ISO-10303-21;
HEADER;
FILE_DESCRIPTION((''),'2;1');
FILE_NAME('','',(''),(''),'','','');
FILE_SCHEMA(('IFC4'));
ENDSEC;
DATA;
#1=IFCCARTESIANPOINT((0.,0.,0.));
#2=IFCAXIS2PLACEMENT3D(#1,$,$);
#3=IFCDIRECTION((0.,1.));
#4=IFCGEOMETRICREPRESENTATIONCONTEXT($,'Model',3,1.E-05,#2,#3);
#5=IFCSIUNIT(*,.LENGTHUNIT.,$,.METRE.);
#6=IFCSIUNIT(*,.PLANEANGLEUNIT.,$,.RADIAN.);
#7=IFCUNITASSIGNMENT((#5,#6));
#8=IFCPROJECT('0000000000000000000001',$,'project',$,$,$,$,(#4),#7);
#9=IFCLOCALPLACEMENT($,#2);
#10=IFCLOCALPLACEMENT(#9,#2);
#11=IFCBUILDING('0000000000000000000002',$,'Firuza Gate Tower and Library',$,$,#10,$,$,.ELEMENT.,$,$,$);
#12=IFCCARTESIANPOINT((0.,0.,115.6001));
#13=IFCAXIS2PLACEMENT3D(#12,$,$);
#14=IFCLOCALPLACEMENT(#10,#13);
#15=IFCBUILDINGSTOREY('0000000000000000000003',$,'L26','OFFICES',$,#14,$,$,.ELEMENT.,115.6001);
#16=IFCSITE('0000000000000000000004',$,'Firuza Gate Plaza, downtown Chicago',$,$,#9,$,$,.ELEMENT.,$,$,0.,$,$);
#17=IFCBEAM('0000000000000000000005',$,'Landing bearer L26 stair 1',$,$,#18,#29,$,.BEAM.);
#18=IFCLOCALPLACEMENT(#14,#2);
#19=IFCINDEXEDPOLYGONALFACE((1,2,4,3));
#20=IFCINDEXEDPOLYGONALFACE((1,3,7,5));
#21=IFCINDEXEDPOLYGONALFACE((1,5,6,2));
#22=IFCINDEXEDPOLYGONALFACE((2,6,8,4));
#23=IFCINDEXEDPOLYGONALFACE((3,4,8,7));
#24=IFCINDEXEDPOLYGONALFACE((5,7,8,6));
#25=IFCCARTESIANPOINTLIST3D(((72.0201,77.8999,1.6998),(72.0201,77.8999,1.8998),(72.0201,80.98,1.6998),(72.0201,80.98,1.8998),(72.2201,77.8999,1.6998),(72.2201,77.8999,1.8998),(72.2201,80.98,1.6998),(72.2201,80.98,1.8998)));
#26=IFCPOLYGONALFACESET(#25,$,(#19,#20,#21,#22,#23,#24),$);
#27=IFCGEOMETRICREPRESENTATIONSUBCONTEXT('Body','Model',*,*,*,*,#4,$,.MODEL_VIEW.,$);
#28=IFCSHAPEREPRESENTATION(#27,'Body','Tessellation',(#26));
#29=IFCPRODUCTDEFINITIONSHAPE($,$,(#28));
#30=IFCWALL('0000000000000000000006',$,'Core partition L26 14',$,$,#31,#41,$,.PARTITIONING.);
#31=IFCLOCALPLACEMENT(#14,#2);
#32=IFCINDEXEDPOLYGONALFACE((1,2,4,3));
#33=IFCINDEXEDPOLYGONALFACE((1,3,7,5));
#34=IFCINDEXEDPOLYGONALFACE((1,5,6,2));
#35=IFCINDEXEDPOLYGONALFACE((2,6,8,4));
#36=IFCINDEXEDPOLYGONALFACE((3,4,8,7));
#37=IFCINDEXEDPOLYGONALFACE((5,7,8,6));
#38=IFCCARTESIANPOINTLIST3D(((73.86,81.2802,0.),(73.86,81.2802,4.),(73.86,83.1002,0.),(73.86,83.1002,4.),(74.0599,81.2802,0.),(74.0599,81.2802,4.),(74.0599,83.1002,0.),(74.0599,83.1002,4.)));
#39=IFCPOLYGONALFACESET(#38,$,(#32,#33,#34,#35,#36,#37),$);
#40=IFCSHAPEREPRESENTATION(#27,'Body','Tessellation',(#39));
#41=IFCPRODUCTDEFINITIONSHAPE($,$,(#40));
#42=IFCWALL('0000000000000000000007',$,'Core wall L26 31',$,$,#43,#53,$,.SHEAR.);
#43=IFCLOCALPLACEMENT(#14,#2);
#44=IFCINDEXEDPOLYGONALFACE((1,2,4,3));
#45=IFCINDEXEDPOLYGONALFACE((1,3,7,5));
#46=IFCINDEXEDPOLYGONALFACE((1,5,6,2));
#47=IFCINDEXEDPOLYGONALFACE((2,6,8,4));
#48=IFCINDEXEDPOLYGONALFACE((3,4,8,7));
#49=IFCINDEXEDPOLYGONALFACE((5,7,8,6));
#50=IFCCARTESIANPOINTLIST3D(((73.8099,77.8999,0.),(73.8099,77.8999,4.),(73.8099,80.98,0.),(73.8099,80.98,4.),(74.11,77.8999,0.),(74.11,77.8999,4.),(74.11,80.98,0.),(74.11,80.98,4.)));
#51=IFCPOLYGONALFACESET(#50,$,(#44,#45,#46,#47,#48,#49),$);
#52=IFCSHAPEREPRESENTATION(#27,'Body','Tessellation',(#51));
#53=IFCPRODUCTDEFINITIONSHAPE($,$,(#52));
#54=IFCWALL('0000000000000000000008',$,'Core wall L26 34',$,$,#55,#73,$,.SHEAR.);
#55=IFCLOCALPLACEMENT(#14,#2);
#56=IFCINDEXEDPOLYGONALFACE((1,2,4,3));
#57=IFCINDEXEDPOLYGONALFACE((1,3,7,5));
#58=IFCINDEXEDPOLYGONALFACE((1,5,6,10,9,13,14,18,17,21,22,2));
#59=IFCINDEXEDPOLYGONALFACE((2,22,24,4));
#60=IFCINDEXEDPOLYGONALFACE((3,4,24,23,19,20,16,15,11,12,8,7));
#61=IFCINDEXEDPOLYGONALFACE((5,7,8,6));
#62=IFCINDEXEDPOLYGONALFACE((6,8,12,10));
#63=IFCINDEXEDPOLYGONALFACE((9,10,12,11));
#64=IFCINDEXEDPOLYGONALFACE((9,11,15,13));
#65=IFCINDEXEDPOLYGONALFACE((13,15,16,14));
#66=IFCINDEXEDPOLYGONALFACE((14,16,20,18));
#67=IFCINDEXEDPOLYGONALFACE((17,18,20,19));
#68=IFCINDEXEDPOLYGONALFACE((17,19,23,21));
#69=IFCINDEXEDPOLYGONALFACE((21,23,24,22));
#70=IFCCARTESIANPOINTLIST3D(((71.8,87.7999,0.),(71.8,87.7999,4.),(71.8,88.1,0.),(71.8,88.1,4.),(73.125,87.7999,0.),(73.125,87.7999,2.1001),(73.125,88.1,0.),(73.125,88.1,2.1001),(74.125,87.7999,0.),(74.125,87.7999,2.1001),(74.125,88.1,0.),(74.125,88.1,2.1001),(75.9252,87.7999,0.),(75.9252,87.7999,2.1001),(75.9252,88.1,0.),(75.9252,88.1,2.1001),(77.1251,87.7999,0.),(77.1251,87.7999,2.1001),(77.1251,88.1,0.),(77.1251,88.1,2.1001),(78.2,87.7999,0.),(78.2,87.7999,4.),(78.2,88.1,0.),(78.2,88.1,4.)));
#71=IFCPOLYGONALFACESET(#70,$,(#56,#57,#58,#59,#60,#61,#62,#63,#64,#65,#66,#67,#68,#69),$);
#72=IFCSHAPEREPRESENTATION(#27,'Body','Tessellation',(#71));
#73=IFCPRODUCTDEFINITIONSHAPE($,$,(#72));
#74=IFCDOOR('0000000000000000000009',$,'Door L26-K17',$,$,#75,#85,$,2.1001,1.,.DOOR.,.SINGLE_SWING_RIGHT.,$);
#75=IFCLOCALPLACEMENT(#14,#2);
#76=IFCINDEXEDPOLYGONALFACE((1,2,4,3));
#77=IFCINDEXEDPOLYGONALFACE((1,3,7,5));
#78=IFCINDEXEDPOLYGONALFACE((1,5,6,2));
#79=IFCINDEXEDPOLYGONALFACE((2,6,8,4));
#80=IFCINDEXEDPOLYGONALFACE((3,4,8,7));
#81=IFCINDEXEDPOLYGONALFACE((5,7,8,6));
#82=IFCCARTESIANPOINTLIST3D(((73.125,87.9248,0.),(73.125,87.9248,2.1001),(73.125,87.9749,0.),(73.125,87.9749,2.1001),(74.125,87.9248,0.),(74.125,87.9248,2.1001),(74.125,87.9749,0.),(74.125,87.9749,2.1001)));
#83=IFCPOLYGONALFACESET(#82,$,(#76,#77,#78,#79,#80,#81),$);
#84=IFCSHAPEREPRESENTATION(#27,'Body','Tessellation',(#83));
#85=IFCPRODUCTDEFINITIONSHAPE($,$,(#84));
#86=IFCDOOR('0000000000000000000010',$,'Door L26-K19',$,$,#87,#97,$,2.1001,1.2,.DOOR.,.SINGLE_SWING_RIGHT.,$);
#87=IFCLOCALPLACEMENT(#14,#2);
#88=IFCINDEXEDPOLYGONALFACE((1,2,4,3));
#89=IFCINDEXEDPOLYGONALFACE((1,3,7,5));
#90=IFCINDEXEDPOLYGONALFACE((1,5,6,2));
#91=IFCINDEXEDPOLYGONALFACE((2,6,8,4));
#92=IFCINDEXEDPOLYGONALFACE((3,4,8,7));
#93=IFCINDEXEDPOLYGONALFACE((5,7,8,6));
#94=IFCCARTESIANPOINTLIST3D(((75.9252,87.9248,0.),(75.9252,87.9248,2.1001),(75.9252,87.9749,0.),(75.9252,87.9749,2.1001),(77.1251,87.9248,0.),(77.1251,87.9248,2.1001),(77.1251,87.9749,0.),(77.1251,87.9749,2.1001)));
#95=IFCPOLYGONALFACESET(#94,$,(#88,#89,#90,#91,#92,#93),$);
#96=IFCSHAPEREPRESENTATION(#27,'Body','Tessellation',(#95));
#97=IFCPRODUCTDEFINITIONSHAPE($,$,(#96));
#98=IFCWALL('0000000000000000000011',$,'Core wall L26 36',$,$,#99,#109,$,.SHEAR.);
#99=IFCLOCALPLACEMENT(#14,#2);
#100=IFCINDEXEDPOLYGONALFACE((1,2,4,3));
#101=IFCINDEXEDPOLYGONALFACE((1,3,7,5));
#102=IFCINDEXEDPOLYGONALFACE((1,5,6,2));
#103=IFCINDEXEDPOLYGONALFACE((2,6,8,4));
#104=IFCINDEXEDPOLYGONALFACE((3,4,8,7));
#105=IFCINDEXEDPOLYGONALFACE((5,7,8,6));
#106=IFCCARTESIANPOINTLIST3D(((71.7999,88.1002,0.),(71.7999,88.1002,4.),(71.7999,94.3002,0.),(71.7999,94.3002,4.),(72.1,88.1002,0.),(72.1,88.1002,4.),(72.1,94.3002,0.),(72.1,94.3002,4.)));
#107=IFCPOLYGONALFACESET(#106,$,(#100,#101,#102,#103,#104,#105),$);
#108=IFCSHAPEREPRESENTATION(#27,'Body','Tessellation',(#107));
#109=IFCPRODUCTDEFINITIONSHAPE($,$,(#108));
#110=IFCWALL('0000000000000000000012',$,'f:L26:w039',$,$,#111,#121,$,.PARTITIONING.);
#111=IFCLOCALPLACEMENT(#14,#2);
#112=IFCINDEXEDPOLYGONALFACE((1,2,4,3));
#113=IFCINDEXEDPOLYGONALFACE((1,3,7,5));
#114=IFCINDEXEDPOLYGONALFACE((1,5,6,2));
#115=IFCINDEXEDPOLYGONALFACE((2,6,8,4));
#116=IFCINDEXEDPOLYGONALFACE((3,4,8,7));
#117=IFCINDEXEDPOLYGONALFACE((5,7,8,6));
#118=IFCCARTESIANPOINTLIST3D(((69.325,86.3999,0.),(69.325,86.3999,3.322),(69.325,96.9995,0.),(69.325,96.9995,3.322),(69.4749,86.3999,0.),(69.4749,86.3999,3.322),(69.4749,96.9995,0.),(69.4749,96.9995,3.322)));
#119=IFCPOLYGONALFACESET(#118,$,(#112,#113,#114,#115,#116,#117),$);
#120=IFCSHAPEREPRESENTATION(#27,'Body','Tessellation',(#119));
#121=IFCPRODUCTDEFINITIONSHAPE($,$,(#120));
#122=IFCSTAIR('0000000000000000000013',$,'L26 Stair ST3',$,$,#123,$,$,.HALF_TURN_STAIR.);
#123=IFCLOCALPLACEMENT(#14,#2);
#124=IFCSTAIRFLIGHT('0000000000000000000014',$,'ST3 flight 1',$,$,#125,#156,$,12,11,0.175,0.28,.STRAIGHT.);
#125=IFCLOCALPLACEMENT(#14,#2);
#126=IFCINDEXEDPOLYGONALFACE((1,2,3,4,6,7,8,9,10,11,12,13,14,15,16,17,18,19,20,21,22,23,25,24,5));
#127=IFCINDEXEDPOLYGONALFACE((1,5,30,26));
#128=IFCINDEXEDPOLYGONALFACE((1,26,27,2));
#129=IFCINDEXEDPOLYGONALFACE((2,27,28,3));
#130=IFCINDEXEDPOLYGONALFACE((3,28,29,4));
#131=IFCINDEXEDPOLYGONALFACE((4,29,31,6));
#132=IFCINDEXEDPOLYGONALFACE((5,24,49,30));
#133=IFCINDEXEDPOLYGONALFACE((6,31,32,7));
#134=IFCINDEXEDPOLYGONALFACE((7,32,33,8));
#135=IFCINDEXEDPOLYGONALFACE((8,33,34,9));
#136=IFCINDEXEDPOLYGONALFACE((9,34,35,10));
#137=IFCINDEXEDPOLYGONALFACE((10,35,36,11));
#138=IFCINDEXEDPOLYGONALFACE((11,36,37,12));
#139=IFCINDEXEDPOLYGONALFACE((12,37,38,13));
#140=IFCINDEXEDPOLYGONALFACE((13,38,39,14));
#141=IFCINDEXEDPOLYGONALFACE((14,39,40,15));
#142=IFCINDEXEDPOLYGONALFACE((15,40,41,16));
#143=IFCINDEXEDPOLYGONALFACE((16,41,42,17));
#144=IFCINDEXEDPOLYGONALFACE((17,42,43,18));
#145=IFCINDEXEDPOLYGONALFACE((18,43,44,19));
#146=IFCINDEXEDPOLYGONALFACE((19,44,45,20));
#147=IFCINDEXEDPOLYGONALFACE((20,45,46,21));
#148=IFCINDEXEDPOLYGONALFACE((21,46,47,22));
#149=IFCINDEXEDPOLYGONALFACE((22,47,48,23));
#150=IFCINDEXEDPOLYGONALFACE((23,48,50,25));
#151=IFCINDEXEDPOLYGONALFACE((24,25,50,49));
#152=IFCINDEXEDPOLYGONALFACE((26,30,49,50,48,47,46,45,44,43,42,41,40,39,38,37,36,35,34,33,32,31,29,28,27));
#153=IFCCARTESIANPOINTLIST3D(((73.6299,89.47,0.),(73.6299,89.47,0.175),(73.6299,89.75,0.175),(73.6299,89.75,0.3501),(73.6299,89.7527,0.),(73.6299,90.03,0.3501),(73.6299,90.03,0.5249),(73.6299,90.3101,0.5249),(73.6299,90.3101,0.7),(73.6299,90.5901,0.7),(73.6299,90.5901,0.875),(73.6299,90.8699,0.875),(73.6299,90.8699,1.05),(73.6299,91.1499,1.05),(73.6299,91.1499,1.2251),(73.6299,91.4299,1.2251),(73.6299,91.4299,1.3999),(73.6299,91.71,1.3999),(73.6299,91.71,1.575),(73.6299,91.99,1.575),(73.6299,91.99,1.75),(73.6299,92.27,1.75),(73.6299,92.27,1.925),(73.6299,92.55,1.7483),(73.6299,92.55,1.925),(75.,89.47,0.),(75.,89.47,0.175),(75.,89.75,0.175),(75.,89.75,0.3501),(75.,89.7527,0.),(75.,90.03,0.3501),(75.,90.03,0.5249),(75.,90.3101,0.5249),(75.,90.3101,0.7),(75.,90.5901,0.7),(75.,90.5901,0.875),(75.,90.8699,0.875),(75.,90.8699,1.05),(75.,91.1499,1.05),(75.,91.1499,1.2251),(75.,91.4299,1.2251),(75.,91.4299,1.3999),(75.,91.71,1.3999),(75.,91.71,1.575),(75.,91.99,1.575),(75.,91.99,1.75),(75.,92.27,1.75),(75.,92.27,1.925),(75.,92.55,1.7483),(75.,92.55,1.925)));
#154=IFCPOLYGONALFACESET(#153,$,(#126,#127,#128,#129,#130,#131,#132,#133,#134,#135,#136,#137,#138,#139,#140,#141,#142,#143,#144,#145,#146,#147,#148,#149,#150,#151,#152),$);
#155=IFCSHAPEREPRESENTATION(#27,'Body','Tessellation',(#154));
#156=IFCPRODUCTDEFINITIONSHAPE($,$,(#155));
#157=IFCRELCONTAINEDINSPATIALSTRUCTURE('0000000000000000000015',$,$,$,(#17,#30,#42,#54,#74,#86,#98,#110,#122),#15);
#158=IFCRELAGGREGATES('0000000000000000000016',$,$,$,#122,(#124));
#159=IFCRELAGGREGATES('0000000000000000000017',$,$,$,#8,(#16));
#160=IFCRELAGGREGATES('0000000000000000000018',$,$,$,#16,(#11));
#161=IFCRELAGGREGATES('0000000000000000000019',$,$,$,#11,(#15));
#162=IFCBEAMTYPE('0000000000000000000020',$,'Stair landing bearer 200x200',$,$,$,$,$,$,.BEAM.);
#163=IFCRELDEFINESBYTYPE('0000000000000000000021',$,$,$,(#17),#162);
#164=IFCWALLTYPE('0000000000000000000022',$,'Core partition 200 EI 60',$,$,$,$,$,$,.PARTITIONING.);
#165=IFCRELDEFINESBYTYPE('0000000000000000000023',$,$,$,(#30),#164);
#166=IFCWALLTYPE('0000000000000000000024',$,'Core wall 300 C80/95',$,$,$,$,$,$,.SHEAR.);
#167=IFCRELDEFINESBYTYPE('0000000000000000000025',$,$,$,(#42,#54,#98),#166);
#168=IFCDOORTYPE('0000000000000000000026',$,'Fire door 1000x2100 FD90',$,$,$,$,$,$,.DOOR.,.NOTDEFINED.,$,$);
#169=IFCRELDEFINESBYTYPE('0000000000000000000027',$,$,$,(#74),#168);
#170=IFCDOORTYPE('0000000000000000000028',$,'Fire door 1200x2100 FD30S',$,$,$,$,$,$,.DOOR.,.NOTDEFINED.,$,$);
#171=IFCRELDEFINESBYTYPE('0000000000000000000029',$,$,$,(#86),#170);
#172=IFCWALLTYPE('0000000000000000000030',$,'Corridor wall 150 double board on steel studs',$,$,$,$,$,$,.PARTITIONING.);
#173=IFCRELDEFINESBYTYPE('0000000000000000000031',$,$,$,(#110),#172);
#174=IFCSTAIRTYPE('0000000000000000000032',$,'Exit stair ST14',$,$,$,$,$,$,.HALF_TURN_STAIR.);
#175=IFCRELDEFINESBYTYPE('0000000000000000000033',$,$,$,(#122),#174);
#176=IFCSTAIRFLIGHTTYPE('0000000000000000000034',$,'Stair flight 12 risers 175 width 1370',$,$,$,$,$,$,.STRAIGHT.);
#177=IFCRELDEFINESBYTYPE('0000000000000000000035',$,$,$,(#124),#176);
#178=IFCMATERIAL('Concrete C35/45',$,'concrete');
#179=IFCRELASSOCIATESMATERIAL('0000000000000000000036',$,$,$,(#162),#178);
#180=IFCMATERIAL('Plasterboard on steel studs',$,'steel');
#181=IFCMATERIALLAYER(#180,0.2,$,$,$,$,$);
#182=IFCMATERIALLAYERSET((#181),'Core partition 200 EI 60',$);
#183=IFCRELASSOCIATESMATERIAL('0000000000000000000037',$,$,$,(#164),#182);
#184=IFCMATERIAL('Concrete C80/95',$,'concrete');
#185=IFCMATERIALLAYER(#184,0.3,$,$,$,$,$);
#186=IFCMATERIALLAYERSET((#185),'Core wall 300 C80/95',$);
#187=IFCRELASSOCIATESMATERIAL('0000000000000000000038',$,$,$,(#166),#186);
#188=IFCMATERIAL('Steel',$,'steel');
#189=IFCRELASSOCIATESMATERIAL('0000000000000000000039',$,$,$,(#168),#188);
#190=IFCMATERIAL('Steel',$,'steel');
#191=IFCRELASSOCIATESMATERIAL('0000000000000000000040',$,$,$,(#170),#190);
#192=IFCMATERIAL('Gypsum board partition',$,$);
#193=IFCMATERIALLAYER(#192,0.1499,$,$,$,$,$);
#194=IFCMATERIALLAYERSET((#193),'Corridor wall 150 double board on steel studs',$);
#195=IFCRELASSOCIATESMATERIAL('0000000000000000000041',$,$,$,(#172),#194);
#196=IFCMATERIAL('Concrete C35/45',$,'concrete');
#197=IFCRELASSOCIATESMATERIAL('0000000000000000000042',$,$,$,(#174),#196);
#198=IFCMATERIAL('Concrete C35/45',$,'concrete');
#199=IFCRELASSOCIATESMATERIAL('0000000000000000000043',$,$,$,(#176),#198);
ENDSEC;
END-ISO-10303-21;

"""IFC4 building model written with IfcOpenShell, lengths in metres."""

from ifc_helpers import new_model, si_unit, direction, frame, frame_2d, origin, origin_2d, place, context, subcontext, project, spatial, polyline, rectangle, outline, extrude, material, layer, layer_set, material_profile, profile_set, type_object, element, fill, aggregate, save


model = new_model("IFC4")

# Units and contexts
model_context = context("Model", 3, precision=1e-05, world=origin(), true_north=direction((0.0, 1.0)))
body_context = subcontext(model_context, "Body", "Model", "MODEL_VIEW")
ifc_project = project(units=[si_unit("LENGTHUNIT", "METRE"), si_unit("PLANEANGLEUNIT", "RADIAN")], contexts=[model_context])

# Site, building, storey
site_placement = place(None, origin())
site = spatial("IfcSite", under=ifc_project, at=site_placement, Name="Firuza Gate Plaza, downtown Chicago", CompositionType="ELEMENT", RefElevation=0.0)
building_placement = place(site_placement, origin())
building = spatial("IfcBuilding", under=site, at=building_placement, Name="Firuza Gate Tower and Library", CompositionType="ELEMENT")
storey_placement = place(building_placement, frame((0.0, 0.0, 115.6001)))
storey = spatial("IfcBuildingStorey", under=building, at=storey_placement, Name="L26", Description="OFFICES", CompositionType="ELEMENT", Elevation=115.6001)

# Beam
ifc_material_1 = material(Name="Concrete C35/45", Category="concrete")
ifc_material_profile = material_profile(ifc_material_1, rectangle(XDim=0.2, YDim=0.2, at=origin_2d()))
ifc_profile_set = profile_set([ifc_material_profile], Name="Concrete C35/45")
beam_type = type_object("IfcBeamType", Name="Stair landing bearer 200x200", PredefinedType="BEAM", material=ifc_profile_set)
beam_placement = place(storey_placement, frame((72.1201, 77.8999, 1.7998), z_axis=(0.0, 1.0, 0.0), x_axis=(-1.0, 0.0, 0.0)))
element("IfcBeam", 1, at=beam_placement, inside=storey, type_object=beam_type, Name="Landing bearer L26 stair 1", PredefinedType="BEAM", context=body_context, shape_type="SweptSolid", body=[
    extrude(rectangle(XDim=0.2, YDim=0.2, at=origin_2d()), origin(), (0.0, 0.0, 1.0), 3.0801),
])

# Walls
ifc_material_2 = material(Name="Plasterboard on steel studs", Category="steel")
ifc_layer_1 = layer(ifc_material_2, 0.2)
ifc_layer_set_1 = layer_set([ifc_layer_1], Name="Core partition 200 EI 60")
wall_type_1 = type_object("IfcWallType", Name="Core partition 200 EI 60", PredefinedType="PARTITIONING", material=ifc_layer_set_1)
wall_1_placement = place(storey_placement, frame((73.96, 81.28, 0.0), z_axis=(0.0, 0.0, 1.0), x_axis=(0.0, 1.0, 0.0)))
element("IfcWall", 2, at=wall_1_placement, inside=storey, type_object=wall_type_1, Name="Core partition L26 14", PredefinedType="PARTITIONING", context=body_context, shape_type="SweptSolid", body=[
    extrude(rectangle(XDim=1.8201, YDim=0.2, at=frame_2d((0.9102, 0.0))), origin(), (0.0, 0.0, 1.0), 4.0),
])
ifc_material_3 = material(Name="Concrete C80/95", Category="concrete")
ifc_layer_2 = layer(ifc_material_3, 0.3)
ifc_layer_set_2 = layer_set([ifc_layer_2], Name="Core wall 300 C80/95")
wall_type_2 = type_object("IfcWallType", Name="Core wall 300 C80/95", PredefinedType="SHEAR", material=ifc_layer_set_2)
wall_2_placement = place(storey_placement, frame((73.96, 77.8999, 0.0), z_axis=(0.0, 0.0, 1.0), x_axis=(0.0, 1.0, 0.0)))
element("IfcWall", 3, at=wall_2_placement, inside=storey, type_object=wall_type_2, Name="Core wall L26 31", PredefinedType="SHEAR", context=body_context, shape_type="SweptSolid", body=[
    extrude(rectangle(XDim=3.0801, YDim=0.3, at=frame_2d((1.54, 0.0))), origin(), (0.0, 0.0, 1.0), 4.0),
])

# Wall, openings, doors
wall_3_placement = place(storey_placement, frame((71.8, 87.95, 0.0), z_axis=(0.0, 0.0, 1.0), x_axis=(1.0, 0.0, 0.0)))
wall_3 = element("IfcWall", 4, at=wall_3_placement, inside=storey, type_object=wall_type_2, Name="Core wall L26 34", PredefinedType="SHEAR", context=body_context, shape_type="SweptSolid", body=[
    extrude(rectangle(XDim=6.3999, YDim=0.3, at=frame_2d((3.2, 0.0))), origin(), (0.0, 0.0, 1.0), 4.0),
])
opening_1_placement = place(wall_3_placement, frame((1.325, 0.0, 0.0)))
opening_1 = element("IfcOpeningElement", 5, at=opening_1_placement, cuts=wall_3, PredefinedType="OPENING", context=body_context, shape_type="SweptSolid", body=[
    extrude(rectangle(XDim=1.0, YDim=2.1001, at=frame_2d((0.5, 1.05))), frame((0.0, 0.1602, 0.0), z_axis=(0.0, -1.0, 0.0), x_axis=(1.0, 0.0, 0.0)), (0.0, 0.0, 1.0), 0.3201),
])
opening_2_placement = place(wall_3_placement, frame((4.125, 0.0, 0.0)))
opening_2 = element("IfcOpeningElement", 6, at=opening_2_placement, cuts=wall_3, PredefinedType="OPENING", context=body_context, shape_type="SweptSolid", body=[
    extrude(rectangle(XDim=1.2, YDim=2.1001, at=frame_2d((0.6001, 1.05))), frame((0.0, 0.1602, 0.0), z_axis=(0.0, -1.0, 0.0), x_axis=(1.0, 0.0, 0.0)), (0.0, 0.0, 1.0), 0.3201),
])
ifc_material_4 = material(Name="Steel", Category="steel")
door_type_1 = type_object("IfcDoorType", Name="Fire door 1000x2100 FD90", OperationType="NOTDEFINED", PredefinedType="DOOR", material=ifc_material_4)
door_1_placement = place(opening_1_placement, origin())
door_1 = element("IfcDoor", 7, at=door_1_placement, inside=storey, type_object=door_type_1, Name="Door L26-K17", OperationType="SINGLE_SWING_RIGHT", OverallHeight=2.1001, OverallWidth=1.0, PredefinedType="DOOR", context=body_context, shape_type="SweptSolid", body=[
    extrude(rectangle(XDim=1.0, YDim=2.1001, at=frame_2d((0.5, 1.05))), frame((0.0, 0.0249, 0.0), z_axis=(0.0, -1.0, 0.0), x_axis=(1.0, 0.0, 0.0)), (0.0, 0.0, 1.0), 0.05),
])
fill(opening_1, door_1)
ifc_material_5 = material(Name="Steel", Category="steel")
door_type_2 = type_object("IfcDoorType", Name="Fire door 1200x2100 FD30S", OperationType="NOTDEFINED", PredefinedType="DOOR", material=ifc_material_5)
door_2_placement = place(opening_2_placement, origin())
door_2 = element("IfcDoor", 8, at=door_2_placement, inside=storey, type_object=door_type_2, Name="Door L26-K19", OperationType="SINGLE_SWING_RIGHT", OverallHeight=2.1001, OverallWidth=1.2, PredefinedType="DOOR", context=body_context, shape_type="SweptSolid", body=[
    extrude(rectangle(XDim=1.2, YDim=2.1001, at=frame_2d((0.6001, 1.05))), frame((0.0, 0.0249, 0.0), z_axis=(0.0, -1.0, 0.0), x_axis=(1.0, 0.0, 0.0)), (0.0, 0.0, 1.0), 0.05),
])
fill(opening_2, door_2)

# Walls
wall_4_placement = place(storey_placement, frame((71.95, 88.1001, 0.0), z_axis=(0.0, 0.0, 1.0), x_axis=(0.0, 1.0, 0.0)))
element("IfcWall", 9, at=wall_4_placement, inside=storey, type_object=wall_type_2, Name="Core wall L26 36", PredefinedType="SHEAR", context=body_context, shape_type="SweptSolid", body=[
    extrude(rectangle(XDim=6.2, YDim=0.3, at=frame_2d((3.1001, 0.0))), origin(), (0.0, 0.0, 1.0), 4.0),
])
ifc_material_6 = material(Name="Gypsum board partition")
ifc_layer_3 = layer(ifc_material_6, 0.1499)
ifc_layer_set_3 = layer_set([ifc_layer_3], Name="Corridor wall 150 double board on steel studs")
wall_type_3 = type_object("IfcWallType", Name="Corridor wall 150 double board on steel studs", PredefinedType="PARTITIONING", material=ifc_layer_set_3)
wall_5_placement = place(storey_placement, frame((69.3999, 86.3999, 0.0), z_axis=(0.0, 0.0, 1.0), x_axis=(0.0, 1.0, 0.0)))
element("IfcWall", 10, at=wall_5_placement, inside=storey, type_object=wall_type_3, Name="f:L26:w039", PredefinedType="PARTITIONING", context=body_context, shape_type="SweptSolid", body=[
    extrude(rectangle(XDim=10.5996, YDim=0.1499, at=frame_2d((5.2998, 0.0))), origin(), (0.0, 0.0, 1.0), 3.322),
])

# Stair, stair flight
ifc_material_7 = material(Name="Concrete C35/45", Category="concrete")
stair_type_1 = type_object("IfcStairType", Name="Exit stair ST14", PredefinedType="HALF_TURN_STAIR", material=ifc_material_7)
placement = place(storey_placement, origin())
stair_1 = element("IfcStair", 11, at=placement, inside=storey, type_object=stair_type_1, Name="L26 Stair ST3", PredefinedType="HALF_TURN_STAIR")
ifc_material_8 = material(Name="Concrete C35/45", Category="concrete")
stair_flight_type_1 = type_object("IfcStairFlightType", Name="Stair flight 12 risers 175 width 1370", PredefinedType="STRAIGHT", material=ifc_material_8)
stair_flight_1_placement = place(storey_placement, frame((74.3149, 89.47, 0.0), z_axis=(0.0, 0.0, 1.0), x_axis=(0.0, 1.0, 0.0)))
stair_flight_1 = element("IfcStairFlight", 12, at=stair_flight_1_placement, type_object=stair_flight_type_1, Name="ST3 flight 1", NumberOfRisers=12, NumberOfTreads=11, PredefinedType="STRAIGHT", RiserHeight=0.175, TreadLength=0.28, context=body_context, shape_type="SweptSolid", body=[
    extrude(outline(polyline([(0.0, 0.0), (0.0, 0.175), (0.28, 0.175), (0.28, 0.3501), (0.5601, 0.3501), (0.5601, 0.5249), (0.8401, 0.5249), (0.8401, 0.7), (1.1201, 0.7), (1.1201, 0.875), (1.3999, 0.875), (1.3999, 1.05), (1.6799, 1.05), (1.6799, 1.2251), (1.96, 1.2251), (1.96, 1.3999), (2.24, 1.3999), (2.24, 1.575), (2.52, 1.575), (2.52, 1.75), (2.8, 1.75), (2.8, 1.925), (3.0801, 1.925), (3.0801, 2.1001), (3.0801, 1.7483), (0.2827, 0.0), (0.0, 0.0)])), frame((0.0, 0.6851, 0.0), z_axis=(0.0, -1.0, 0.0), x_axis=(1.0, 0.0, 0.0)), (0.0, 0.0, 1.0), 1.3701),
])
aggregate(stair_1, [stair_flight_1])

save(model, "model.ifc")
